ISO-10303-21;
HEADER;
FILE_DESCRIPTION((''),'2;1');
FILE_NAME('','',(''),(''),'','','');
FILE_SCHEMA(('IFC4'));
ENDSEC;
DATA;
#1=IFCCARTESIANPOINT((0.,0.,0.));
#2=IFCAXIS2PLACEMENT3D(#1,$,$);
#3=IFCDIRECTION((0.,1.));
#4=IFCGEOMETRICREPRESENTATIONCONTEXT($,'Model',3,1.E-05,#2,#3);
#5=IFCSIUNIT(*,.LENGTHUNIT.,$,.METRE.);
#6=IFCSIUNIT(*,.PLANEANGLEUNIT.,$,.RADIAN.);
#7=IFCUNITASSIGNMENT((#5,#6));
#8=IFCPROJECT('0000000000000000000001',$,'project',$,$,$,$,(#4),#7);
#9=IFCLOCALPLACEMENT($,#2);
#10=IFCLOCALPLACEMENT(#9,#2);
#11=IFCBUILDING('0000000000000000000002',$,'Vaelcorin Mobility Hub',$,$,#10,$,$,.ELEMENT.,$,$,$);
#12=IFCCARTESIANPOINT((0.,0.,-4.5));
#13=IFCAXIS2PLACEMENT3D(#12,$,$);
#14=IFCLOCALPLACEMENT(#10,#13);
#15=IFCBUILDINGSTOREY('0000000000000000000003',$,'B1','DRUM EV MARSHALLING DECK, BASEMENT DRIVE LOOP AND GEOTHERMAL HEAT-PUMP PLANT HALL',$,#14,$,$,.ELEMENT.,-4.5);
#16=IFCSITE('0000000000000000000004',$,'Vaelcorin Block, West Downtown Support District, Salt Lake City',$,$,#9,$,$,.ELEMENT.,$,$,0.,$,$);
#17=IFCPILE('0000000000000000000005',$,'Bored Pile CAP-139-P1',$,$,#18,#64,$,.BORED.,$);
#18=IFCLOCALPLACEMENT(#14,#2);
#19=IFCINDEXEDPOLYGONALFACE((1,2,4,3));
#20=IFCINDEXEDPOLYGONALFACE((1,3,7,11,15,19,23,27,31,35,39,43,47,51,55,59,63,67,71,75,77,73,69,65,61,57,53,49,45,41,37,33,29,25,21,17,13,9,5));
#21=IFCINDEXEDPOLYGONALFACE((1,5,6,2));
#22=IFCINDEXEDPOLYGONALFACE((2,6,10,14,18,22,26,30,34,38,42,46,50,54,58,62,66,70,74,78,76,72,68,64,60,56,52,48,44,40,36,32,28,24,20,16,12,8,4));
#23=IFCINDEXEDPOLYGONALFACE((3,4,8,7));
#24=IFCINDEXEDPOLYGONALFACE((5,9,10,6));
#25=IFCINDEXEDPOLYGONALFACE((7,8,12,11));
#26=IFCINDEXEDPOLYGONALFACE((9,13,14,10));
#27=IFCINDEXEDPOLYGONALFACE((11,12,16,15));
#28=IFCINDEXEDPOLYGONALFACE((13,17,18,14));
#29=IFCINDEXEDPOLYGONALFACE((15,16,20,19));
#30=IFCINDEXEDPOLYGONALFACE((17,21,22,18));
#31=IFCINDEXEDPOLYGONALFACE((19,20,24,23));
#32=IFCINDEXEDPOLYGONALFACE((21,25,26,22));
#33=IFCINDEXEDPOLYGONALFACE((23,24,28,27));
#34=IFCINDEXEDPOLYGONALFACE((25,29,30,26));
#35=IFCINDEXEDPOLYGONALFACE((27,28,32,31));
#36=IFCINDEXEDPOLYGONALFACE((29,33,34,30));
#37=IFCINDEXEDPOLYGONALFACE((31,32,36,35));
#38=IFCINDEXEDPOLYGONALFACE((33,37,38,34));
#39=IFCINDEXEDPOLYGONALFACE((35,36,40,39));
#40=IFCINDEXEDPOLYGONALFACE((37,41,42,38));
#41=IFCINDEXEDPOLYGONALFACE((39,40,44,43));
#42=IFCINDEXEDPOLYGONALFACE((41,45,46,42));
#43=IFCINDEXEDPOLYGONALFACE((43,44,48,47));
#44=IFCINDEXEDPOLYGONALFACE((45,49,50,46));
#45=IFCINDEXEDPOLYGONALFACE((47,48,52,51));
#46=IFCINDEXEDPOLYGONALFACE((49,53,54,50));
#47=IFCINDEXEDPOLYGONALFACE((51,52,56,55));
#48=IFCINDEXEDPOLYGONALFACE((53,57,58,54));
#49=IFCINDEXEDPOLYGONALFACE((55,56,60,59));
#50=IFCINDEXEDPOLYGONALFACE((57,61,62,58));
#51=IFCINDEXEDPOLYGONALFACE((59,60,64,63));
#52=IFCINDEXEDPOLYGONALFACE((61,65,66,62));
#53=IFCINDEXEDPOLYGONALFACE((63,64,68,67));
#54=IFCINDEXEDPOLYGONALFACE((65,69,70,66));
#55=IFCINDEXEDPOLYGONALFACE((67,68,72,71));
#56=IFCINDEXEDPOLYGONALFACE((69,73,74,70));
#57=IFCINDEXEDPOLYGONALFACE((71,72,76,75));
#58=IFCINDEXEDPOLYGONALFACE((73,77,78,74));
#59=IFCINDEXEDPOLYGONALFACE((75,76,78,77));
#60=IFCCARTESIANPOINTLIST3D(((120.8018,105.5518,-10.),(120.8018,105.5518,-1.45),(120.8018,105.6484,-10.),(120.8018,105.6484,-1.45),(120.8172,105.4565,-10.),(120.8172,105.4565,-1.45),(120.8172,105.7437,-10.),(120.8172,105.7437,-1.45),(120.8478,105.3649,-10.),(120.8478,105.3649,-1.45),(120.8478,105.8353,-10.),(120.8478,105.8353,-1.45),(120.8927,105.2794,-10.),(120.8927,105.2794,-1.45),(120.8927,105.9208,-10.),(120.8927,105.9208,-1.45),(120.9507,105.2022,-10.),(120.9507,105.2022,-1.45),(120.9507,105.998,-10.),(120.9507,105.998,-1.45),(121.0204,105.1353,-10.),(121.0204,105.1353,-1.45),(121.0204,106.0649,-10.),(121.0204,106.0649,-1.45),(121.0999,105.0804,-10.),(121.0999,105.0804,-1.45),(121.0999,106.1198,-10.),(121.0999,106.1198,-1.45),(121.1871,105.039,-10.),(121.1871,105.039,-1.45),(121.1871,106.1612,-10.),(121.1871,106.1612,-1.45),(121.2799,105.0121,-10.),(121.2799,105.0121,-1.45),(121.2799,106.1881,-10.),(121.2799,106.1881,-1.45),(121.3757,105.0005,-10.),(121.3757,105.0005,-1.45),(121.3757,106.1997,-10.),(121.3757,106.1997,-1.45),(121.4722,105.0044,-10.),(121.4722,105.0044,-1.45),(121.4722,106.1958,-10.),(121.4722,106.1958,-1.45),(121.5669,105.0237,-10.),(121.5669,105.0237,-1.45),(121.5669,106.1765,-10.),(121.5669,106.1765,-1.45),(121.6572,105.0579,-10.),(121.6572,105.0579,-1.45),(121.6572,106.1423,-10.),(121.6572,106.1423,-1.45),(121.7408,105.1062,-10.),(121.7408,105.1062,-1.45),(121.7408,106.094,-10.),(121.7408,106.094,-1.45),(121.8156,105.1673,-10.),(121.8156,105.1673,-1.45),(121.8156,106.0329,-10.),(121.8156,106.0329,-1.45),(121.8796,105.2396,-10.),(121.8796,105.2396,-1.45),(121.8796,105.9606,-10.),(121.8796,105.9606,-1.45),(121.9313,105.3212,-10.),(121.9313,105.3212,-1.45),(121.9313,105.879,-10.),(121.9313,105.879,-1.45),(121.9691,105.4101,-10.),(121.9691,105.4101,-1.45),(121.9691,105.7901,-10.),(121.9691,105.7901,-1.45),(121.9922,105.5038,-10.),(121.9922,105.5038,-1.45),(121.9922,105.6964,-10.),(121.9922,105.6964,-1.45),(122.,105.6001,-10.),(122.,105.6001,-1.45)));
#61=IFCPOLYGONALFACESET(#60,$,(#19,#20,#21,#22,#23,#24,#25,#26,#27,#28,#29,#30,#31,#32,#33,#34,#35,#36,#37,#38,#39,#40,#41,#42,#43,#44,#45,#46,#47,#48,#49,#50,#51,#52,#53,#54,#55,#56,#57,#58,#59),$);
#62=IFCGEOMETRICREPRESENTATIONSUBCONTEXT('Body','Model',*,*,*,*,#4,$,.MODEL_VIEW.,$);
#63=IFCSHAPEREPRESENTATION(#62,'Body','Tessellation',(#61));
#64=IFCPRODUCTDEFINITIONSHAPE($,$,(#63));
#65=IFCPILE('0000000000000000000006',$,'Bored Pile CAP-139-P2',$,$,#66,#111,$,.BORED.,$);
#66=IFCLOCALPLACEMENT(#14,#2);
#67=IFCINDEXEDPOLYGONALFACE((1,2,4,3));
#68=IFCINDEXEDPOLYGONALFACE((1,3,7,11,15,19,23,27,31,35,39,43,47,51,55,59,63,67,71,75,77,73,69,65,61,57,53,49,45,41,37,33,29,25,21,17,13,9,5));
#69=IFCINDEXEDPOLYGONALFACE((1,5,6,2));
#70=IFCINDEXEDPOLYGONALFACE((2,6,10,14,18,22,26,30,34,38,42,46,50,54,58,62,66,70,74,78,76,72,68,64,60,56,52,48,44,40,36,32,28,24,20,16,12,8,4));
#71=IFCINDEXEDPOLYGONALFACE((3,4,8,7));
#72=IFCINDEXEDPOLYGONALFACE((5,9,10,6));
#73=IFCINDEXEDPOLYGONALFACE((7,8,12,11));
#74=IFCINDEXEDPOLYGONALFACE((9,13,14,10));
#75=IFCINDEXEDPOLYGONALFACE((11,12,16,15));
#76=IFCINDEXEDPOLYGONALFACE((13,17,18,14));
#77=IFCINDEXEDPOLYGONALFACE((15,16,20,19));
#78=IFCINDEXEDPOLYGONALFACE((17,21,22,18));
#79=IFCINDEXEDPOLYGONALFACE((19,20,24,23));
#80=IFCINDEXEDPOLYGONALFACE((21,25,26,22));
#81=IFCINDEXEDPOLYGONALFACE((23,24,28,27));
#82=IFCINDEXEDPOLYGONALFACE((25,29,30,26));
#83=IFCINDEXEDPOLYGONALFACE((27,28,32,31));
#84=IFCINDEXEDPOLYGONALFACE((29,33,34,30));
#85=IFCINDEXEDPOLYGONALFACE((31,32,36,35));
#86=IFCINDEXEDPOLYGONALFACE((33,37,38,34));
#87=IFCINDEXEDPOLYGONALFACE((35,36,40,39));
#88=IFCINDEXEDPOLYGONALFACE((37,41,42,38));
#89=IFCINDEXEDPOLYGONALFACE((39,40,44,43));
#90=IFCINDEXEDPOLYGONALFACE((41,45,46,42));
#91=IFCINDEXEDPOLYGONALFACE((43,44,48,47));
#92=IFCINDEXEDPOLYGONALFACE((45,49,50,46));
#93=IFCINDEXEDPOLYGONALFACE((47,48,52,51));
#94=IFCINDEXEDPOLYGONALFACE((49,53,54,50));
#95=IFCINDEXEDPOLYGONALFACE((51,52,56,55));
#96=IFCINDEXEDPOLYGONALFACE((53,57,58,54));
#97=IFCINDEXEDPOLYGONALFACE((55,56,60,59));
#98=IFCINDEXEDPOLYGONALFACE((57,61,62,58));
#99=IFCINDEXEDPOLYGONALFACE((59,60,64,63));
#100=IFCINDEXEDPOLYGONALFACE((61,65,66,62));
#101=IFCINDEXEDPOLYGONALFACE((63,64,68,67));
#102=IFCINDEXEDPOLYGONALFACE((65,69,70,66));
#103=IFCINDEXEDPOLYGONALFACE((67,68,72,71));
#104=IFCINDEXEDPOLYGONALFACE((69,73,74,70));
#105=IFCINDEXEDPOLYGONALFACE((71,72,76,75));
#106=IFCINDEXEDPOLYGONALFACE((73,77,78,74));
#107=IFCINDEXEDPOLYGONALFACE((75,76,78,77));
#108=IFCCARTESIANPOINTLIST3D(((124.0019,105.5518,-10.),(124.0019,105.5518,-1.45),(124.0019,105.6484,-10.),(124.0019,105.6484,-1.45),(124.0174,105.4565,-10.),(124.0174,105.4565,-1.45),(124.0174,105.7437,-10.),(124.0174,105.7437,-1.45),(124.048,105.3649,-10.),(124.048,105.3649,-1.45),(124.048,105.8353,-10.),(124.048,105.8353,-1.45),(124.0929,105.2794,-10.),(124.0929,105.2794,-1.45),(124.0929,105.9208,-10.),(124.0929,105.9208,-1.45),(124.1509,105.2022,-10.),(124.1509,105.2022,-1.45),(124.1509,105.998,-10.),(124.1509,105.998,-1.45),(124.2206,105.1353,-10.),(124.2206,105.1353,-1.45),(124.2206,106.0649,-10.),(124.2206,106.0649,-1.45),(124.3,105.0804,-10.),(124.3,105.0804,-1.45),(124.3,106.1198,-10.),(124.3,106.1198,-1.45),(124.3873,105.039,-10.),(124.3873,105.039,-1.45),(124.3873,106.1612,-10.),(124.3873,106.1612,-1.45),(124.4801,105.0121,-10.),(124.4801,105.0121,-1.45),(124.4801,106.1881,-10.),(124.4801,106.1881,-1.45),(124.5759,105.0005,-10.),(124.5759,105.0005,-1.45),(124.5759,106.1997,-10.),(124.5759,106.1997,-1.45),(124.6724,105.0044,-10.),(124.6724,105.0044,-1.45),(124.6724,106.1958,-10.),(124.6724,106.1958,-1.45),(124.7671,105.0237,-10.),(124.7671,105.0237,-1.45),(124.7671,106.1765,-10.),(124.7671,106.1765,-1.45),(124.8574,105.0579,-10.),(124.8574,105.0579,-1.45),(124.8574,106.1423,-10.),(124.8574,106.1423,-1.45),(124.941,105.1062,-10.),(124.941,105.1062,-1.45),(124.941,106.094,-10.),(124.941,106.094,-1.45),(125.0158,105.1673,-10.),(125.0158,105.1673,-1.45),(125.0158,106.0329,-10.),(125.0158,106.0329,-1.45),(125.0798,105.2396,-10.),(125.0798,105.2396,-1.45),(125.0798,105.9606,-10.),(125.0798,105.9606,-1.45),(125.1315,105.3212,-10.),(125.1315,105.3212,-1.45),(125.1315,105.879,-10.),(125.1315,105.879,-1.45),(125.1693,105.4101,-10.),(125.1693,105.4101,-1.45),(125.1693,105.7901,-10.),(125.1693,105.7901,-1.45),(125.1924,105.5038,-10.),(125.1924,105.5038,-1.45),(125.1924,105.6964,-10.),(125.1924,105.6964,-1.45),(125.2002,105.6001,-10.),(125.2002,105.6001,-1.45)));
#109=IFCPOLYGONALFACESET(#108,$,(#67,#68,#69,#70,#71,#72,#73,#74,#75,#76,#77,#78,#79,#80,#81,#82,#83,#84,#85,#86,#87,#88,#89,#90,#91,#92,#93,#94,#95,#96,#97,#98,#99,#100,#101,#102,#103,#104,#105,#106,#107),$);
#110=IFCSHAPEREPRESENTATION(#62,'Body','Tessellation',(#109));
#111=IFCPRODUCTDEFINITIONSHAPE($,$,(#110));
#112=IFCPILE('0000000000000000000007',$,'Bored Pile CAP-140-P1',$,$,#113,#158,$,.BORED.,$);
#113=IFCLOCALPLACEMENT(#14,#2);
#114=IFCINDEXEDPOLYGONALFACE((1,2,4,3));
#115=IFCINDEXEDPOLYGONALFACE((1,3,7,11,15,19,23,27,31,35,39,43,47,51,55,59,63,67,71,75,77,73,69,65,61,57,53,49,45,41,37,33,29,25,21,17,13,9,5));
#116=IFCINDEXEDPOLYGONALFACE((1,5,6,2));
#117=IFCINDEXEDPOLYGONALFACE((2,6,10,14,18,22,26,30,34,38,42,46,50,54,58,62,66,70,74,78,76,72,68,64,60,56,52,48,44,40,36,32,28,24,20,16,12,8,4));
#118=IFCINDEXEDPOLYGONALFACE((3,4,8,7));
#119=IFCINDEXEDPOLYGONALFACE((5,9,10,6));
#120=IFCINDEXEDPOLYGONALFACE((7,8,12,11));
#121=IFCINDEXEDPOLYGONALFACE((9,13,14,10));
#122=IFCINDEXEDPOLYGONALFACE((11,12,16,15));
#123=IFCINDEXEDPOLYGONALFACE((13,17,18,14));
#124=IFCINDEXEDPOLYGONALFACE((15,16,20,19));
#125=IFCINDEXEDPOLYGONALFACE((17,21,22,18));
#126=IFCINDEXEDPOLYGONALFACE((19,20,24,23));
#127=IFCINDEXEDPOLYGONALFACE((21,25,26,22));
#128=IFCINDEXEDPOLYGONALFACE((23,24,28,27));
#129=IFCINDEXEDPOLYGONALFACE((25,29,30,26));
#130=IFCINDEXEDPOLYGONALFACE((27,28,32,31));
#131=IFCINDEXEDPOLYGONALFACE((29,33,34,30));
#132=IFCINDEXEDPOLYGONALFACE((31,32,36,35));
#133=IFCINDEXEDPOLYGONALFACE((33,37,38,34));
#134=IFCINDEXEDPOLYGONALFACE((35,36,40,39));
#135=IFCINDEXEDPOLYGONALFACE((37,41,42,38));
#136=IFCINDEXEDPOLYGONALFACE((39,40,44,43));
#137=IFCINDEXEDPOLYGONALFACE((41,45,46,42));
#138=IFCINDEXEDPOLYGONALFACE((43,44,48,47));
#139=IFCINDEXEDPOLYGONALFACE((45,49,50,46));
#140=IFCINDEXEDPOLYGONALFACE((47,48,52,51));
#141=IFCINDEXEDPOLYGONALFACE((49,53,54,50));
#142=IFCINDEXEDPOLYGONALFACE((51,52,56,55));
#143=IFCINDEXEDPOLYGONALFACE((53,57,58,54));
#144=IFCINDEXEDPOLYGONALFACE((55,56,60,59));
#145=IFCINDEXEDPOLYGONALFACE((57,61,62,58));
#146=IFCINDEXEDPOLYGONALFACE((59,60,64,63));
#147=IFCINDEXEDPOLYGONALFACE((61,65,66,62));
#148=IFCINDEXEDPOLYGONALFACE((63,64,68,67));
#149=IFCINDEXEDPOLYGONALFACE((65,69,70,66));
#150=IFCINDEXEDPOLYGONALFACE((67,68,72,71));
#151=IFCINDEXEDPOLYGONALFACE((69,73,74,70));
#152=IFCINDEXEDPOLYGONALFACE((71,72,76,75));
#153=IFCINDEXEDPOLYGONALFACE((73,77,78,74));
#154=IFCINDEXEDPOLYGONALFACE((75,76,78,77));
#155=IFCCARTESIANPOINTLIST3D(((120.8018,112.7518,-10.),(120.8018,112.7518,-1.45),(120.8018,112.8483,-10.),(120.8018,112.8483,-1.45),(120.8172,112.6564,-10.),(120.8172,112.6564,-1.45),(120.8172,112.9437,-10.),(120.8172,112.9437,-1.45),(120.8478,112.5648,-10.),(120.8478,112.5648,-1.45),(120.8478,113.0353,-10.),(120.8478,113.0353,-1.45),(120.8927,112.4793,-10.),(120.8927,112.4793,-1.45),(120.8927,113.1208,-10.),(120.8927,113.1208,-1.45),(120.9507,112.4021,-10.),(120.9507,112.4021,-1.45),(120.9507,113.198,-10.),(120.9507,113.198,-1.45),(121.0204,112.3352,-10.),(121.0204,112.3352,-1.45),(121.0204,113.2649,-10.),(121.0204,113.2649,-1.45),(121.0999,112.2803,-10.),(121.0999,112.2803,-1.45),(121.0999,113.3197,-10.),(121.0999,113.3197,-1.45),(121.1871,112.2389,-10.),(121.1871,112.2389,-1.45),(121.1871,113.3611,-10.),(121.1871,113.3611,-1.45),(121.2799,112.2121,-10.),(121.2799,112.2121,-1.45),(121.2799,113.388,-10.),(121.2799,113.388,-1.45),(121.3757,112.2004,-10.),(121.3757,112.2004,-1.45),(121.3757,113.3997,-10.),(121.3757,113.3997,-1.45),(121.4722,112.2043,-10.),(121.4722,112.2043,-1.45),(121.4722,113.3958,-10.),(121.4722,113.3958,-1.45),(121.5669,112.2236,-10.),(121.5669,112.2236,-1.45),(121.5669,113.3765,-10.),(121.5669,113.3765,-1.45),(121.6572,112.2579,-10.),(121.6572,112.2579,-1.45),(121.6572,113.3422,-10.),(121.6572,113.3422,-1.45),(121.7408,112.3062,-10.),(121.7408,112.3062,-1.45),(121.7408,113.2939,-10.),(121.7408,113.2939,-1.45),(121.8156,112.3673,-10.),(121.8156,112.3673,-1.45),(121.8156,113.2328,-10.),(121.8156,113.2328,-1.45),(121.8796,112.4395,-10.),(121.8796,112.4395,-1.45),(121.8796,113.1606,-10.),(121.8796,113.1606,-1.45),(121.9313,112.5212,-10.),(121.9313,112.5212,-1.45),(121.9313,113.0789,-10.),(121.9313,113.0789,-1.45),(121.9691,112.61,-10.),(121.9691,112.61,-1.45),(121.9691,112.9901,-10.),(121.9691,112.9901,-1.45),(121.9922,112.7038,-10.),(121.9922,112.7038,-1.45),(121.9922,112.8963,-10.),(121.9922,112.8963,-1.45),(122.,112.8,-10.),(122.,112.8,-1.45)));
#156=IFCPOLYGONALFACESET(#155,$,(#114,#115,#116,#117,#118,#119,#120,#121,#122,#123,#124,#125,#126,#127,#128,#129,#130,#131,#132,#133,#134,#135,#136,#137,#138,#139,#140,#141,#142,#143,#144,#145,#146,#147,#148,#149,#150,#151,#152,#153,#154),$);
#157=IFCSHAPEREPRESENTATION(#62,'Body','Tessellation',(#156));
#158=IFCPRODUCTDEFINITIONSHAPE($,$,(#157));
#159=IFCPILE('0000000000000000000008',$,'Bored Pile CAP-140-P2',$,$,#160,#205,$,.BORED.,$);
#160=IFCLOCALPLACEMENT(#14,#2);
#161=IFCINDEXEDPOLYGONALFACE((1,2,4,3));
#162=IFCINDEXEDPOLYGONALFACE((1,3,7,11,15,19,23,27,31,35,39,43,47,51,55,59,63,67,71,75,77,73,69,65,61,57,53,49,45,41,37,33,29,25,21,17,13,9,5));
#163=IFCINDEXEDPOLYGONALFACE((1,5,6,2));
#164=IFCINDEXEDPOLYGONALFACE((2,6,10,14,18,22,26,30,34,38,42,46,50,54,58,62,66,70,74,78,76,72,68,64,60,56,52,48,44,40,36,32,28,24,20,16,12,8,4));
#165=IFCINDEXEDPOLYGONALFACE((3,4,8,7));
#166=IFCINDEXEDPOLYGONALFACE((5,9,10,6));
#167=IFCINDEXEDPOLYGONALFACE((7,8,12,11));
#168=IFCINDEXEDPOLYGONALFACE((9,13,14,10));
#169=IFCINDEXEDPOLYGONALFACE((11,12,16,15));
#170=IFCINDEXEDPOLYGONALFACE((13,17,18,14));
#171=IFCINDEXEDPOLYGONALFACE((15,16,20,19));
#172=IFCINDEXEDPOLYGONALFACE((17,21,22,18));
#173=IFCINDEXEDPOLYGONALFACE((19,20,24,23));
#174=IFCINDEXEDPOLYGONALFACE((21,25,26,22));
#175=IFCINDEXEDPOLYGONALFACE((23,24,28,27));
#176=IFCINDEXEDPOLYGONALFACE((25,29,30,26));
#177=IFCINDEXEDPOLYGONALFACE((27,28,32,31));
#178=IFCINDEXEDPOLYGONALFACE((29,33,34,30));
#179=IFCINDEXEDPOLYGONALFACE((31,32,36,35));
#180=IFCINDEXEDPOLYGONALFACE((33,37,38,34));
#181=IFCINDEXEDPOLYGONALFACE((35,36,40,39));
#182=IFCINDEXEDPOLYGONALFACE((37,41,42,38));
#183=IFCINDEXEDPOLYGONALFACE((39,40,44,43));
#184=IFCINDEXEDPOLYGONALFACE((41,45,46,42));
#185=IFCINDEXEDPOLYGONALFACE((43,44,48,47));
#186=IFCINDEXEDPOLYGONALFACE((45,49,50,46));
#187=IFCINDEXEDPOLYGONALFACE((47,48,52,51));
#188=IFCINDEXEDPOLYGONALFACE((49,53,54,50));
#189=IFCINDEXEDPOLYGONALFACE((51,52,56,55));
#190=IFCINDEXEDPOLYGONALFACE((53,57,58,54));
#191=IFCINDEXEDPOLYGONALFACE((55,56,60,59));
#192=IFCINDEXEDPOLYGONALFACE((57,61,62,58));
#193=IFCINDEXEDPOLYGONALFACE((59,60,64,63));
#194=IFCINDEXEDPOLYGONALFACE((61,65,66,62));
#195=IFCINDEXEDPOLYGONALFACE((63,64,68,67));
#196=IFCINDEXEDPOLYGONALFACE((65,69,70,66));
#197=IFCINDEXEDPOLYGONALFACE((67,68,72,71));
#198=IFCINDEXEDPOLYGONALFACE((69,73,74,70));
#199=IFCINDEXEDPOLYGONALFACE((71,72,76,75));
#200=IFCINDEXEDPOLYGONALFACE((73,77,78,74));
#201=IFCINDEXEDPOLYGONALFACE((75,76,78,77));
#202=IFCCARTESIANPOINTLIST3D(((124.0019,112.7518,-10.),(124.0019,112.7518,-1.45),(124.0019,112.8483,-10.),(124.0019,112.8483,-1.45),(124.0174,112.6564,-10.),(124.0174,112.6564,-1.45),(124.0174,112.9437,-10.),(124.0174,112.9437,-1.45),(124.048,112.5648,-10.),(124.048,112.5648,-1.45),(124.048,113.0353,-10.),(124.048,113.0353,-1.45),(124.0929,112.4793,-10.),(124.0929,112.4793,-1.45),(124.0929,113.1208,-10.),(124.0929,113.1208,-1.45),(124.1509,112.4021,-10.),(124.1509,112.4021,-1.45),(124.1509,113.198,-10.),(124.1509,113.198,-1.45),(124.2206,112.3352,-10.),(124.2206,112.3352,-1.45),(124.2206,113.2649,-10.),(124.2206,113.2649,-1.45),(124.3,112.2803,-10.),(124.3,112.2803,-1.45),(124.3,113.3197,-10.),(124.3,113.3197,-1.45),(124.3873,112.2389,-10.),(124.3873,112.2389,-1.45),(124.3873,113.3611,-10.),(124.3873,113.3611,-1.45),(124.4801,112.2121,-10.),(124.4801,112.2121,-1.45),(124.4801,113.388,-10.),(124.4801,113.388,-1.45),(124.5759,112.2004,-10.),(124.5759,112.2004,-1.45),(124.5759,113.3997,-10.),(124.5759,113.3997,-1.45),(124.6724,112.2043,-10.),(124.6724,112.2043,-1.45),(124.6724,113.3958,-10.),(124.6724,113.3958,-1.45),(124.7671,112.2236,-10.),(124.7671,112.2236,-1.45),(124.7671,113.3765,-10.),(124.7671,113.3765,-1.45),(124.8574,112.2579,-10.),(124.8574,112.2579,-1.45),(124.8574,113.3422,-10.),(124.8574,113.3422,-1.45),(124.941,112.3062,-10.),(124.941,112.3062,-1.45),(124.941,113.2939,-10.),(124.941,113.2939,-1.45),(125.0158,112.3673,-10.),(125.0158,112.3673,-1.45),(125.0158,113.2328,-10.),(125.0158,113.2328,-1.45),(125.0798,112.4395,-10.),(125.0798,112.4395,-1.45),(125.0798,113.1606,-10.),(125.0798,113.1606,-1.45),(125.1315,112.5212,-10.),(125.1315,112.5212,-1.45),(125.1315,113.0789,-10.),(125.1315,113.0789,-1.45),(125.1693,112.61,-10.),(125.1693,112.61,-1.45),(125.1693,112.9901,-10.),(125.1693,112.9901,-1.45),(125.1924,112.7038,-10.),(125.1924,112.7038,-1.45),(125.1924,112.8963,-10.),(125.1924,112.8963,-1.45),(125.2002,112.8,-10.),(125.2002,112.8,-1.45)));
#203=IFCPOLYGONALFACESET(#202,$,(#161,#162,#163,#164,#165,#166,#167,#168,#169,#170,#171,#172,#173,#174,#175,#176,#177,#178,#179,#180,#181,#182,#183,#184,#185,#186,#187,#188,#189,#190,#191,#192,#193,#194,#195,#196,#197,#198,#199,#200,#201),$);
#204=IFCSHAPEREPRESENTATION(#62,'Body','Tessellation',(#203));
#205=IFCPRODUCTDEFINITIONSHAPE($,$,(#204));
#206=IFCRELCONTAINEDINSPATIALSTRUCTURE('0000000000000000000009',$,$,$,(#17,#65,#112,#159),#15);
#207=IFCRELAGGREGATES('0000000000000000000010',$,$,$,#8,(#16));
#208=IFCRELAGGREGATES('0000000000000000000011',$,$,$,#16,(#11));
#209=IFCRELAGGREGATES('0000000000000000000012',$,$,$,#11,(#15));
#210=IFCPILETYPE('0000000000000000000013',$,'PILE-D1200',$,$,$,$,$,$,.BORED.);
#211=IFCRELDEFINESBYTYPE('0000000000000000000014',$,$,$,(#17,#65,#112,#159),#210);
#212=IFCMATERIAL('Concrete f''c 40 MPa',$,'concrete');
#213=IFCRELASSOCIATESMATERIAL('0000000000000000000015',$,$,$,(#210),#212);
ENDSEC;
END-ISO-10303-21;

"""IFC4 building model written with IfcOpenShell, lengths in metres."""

from ifc_helpers import new_model, si_unit, direction, frame, origin, origin_2d, place, context, subcontext, project, spatial, circle, extrude, material, material_profile, profile_set, type_object, element, save


model = new_model("IFC4")

# Units and contexts
model_context = context("Model", 3, precision=1e-05, world=origin(), true_north=direction((0.0, 1.0)))
body_context = subcontext(model_context, "Body", "Model", "MODEL_VIEW")
ifc_project = project(units=[si_unit("LENGTHUNIT", "METRE"), si_unit("PLANEANGLEUNIT", "RADIAN")], contexts=[model_context])

# Site, building, storey
site_placement = place(None, origin())
site = spatial("IfcSite", under=ifc_project, at=site_placement, Name="Vaelcorin Block, West Downtown Support District, Salt Lake City", CompositionType="ELEMENT", RefElevation=0.0)
building_placement = place(site_placement, origin())
building = spatial("IfcBuilding", under=site, at=building_placement, Name="Vaelcorin Mobility Hub", CompositionType="ELEMENT")
storey_placement = place(building_placement, frame((0.0, 0.0, -4.5)))
storey = spatial("IfcBuildingStorey", under=building, at=storey_placement, Name="B1", Description="DRUM EV MARSHALLING DECK, BASEMENT DRIVE LOOP AND GEOTHERMAL HEAT-PUMP PLANT HALL", CompositionType="ELEMENT", Elevation=-4.5)

# Shared definitions
ifc_material_1 = material(Name="Concrete f'c 40 MPa", Category="concrete")

# Piles
ifc_material_profile_1 = material_profile(ifc_material_1, circle(Radius=0.6001, at=origin_2d()), Name="BP-D1200")
ifc_profile_set_1 = profile_set([ifc_material_profile_1], Name="Concrete f'c 40 MPa")
pile_type_1 = type_object("IfcPileType", Name="PILE-D1200", PredefinedType="BORED", material=ifc_profile_set_1)
for number, where, z_axis, x_axis, name in (
    (1, (121.3999, 105.6001, -1.45), (0.0, 0.0, -1.0), (1.0, 0.0, 0.0), "Bored Pile CAP-139-P1"),
    (2, (124.6001, 105.6001, -1.45), (0.0, 0.0, -1.0), (1.0, 0.0, 0.0), "Bored Pile CAP-139-P2"),
    (3, (121.3999, 112.8, -1.45), (0.0, 0.0, -1.0), (1.0, 0.0, 0.0), "Bored Pile CAP-140-P1"),
    (4, (124.6001, 112.8, -1.45), (0.0, 0.0, -1.0), (1.0, 0.0, 0.0), "Bored Pile CAP-140-P2"),
):
    element("IfcPile", number, at=place(storey_placement, frame(where, z_axis=z_axis, x_axis=x_axis)), inside=storey, type_object=pile_type_1, Name=name, PredefinedType="BORED", context=body_context, shape_type="SweptSolid", body=[
        extrude(circle(Radius=0.6001, at=origin_2d()), origin(), (0.0, 0.0, 1.0), 8.55),
    ])

save(model, "model.ifc")
